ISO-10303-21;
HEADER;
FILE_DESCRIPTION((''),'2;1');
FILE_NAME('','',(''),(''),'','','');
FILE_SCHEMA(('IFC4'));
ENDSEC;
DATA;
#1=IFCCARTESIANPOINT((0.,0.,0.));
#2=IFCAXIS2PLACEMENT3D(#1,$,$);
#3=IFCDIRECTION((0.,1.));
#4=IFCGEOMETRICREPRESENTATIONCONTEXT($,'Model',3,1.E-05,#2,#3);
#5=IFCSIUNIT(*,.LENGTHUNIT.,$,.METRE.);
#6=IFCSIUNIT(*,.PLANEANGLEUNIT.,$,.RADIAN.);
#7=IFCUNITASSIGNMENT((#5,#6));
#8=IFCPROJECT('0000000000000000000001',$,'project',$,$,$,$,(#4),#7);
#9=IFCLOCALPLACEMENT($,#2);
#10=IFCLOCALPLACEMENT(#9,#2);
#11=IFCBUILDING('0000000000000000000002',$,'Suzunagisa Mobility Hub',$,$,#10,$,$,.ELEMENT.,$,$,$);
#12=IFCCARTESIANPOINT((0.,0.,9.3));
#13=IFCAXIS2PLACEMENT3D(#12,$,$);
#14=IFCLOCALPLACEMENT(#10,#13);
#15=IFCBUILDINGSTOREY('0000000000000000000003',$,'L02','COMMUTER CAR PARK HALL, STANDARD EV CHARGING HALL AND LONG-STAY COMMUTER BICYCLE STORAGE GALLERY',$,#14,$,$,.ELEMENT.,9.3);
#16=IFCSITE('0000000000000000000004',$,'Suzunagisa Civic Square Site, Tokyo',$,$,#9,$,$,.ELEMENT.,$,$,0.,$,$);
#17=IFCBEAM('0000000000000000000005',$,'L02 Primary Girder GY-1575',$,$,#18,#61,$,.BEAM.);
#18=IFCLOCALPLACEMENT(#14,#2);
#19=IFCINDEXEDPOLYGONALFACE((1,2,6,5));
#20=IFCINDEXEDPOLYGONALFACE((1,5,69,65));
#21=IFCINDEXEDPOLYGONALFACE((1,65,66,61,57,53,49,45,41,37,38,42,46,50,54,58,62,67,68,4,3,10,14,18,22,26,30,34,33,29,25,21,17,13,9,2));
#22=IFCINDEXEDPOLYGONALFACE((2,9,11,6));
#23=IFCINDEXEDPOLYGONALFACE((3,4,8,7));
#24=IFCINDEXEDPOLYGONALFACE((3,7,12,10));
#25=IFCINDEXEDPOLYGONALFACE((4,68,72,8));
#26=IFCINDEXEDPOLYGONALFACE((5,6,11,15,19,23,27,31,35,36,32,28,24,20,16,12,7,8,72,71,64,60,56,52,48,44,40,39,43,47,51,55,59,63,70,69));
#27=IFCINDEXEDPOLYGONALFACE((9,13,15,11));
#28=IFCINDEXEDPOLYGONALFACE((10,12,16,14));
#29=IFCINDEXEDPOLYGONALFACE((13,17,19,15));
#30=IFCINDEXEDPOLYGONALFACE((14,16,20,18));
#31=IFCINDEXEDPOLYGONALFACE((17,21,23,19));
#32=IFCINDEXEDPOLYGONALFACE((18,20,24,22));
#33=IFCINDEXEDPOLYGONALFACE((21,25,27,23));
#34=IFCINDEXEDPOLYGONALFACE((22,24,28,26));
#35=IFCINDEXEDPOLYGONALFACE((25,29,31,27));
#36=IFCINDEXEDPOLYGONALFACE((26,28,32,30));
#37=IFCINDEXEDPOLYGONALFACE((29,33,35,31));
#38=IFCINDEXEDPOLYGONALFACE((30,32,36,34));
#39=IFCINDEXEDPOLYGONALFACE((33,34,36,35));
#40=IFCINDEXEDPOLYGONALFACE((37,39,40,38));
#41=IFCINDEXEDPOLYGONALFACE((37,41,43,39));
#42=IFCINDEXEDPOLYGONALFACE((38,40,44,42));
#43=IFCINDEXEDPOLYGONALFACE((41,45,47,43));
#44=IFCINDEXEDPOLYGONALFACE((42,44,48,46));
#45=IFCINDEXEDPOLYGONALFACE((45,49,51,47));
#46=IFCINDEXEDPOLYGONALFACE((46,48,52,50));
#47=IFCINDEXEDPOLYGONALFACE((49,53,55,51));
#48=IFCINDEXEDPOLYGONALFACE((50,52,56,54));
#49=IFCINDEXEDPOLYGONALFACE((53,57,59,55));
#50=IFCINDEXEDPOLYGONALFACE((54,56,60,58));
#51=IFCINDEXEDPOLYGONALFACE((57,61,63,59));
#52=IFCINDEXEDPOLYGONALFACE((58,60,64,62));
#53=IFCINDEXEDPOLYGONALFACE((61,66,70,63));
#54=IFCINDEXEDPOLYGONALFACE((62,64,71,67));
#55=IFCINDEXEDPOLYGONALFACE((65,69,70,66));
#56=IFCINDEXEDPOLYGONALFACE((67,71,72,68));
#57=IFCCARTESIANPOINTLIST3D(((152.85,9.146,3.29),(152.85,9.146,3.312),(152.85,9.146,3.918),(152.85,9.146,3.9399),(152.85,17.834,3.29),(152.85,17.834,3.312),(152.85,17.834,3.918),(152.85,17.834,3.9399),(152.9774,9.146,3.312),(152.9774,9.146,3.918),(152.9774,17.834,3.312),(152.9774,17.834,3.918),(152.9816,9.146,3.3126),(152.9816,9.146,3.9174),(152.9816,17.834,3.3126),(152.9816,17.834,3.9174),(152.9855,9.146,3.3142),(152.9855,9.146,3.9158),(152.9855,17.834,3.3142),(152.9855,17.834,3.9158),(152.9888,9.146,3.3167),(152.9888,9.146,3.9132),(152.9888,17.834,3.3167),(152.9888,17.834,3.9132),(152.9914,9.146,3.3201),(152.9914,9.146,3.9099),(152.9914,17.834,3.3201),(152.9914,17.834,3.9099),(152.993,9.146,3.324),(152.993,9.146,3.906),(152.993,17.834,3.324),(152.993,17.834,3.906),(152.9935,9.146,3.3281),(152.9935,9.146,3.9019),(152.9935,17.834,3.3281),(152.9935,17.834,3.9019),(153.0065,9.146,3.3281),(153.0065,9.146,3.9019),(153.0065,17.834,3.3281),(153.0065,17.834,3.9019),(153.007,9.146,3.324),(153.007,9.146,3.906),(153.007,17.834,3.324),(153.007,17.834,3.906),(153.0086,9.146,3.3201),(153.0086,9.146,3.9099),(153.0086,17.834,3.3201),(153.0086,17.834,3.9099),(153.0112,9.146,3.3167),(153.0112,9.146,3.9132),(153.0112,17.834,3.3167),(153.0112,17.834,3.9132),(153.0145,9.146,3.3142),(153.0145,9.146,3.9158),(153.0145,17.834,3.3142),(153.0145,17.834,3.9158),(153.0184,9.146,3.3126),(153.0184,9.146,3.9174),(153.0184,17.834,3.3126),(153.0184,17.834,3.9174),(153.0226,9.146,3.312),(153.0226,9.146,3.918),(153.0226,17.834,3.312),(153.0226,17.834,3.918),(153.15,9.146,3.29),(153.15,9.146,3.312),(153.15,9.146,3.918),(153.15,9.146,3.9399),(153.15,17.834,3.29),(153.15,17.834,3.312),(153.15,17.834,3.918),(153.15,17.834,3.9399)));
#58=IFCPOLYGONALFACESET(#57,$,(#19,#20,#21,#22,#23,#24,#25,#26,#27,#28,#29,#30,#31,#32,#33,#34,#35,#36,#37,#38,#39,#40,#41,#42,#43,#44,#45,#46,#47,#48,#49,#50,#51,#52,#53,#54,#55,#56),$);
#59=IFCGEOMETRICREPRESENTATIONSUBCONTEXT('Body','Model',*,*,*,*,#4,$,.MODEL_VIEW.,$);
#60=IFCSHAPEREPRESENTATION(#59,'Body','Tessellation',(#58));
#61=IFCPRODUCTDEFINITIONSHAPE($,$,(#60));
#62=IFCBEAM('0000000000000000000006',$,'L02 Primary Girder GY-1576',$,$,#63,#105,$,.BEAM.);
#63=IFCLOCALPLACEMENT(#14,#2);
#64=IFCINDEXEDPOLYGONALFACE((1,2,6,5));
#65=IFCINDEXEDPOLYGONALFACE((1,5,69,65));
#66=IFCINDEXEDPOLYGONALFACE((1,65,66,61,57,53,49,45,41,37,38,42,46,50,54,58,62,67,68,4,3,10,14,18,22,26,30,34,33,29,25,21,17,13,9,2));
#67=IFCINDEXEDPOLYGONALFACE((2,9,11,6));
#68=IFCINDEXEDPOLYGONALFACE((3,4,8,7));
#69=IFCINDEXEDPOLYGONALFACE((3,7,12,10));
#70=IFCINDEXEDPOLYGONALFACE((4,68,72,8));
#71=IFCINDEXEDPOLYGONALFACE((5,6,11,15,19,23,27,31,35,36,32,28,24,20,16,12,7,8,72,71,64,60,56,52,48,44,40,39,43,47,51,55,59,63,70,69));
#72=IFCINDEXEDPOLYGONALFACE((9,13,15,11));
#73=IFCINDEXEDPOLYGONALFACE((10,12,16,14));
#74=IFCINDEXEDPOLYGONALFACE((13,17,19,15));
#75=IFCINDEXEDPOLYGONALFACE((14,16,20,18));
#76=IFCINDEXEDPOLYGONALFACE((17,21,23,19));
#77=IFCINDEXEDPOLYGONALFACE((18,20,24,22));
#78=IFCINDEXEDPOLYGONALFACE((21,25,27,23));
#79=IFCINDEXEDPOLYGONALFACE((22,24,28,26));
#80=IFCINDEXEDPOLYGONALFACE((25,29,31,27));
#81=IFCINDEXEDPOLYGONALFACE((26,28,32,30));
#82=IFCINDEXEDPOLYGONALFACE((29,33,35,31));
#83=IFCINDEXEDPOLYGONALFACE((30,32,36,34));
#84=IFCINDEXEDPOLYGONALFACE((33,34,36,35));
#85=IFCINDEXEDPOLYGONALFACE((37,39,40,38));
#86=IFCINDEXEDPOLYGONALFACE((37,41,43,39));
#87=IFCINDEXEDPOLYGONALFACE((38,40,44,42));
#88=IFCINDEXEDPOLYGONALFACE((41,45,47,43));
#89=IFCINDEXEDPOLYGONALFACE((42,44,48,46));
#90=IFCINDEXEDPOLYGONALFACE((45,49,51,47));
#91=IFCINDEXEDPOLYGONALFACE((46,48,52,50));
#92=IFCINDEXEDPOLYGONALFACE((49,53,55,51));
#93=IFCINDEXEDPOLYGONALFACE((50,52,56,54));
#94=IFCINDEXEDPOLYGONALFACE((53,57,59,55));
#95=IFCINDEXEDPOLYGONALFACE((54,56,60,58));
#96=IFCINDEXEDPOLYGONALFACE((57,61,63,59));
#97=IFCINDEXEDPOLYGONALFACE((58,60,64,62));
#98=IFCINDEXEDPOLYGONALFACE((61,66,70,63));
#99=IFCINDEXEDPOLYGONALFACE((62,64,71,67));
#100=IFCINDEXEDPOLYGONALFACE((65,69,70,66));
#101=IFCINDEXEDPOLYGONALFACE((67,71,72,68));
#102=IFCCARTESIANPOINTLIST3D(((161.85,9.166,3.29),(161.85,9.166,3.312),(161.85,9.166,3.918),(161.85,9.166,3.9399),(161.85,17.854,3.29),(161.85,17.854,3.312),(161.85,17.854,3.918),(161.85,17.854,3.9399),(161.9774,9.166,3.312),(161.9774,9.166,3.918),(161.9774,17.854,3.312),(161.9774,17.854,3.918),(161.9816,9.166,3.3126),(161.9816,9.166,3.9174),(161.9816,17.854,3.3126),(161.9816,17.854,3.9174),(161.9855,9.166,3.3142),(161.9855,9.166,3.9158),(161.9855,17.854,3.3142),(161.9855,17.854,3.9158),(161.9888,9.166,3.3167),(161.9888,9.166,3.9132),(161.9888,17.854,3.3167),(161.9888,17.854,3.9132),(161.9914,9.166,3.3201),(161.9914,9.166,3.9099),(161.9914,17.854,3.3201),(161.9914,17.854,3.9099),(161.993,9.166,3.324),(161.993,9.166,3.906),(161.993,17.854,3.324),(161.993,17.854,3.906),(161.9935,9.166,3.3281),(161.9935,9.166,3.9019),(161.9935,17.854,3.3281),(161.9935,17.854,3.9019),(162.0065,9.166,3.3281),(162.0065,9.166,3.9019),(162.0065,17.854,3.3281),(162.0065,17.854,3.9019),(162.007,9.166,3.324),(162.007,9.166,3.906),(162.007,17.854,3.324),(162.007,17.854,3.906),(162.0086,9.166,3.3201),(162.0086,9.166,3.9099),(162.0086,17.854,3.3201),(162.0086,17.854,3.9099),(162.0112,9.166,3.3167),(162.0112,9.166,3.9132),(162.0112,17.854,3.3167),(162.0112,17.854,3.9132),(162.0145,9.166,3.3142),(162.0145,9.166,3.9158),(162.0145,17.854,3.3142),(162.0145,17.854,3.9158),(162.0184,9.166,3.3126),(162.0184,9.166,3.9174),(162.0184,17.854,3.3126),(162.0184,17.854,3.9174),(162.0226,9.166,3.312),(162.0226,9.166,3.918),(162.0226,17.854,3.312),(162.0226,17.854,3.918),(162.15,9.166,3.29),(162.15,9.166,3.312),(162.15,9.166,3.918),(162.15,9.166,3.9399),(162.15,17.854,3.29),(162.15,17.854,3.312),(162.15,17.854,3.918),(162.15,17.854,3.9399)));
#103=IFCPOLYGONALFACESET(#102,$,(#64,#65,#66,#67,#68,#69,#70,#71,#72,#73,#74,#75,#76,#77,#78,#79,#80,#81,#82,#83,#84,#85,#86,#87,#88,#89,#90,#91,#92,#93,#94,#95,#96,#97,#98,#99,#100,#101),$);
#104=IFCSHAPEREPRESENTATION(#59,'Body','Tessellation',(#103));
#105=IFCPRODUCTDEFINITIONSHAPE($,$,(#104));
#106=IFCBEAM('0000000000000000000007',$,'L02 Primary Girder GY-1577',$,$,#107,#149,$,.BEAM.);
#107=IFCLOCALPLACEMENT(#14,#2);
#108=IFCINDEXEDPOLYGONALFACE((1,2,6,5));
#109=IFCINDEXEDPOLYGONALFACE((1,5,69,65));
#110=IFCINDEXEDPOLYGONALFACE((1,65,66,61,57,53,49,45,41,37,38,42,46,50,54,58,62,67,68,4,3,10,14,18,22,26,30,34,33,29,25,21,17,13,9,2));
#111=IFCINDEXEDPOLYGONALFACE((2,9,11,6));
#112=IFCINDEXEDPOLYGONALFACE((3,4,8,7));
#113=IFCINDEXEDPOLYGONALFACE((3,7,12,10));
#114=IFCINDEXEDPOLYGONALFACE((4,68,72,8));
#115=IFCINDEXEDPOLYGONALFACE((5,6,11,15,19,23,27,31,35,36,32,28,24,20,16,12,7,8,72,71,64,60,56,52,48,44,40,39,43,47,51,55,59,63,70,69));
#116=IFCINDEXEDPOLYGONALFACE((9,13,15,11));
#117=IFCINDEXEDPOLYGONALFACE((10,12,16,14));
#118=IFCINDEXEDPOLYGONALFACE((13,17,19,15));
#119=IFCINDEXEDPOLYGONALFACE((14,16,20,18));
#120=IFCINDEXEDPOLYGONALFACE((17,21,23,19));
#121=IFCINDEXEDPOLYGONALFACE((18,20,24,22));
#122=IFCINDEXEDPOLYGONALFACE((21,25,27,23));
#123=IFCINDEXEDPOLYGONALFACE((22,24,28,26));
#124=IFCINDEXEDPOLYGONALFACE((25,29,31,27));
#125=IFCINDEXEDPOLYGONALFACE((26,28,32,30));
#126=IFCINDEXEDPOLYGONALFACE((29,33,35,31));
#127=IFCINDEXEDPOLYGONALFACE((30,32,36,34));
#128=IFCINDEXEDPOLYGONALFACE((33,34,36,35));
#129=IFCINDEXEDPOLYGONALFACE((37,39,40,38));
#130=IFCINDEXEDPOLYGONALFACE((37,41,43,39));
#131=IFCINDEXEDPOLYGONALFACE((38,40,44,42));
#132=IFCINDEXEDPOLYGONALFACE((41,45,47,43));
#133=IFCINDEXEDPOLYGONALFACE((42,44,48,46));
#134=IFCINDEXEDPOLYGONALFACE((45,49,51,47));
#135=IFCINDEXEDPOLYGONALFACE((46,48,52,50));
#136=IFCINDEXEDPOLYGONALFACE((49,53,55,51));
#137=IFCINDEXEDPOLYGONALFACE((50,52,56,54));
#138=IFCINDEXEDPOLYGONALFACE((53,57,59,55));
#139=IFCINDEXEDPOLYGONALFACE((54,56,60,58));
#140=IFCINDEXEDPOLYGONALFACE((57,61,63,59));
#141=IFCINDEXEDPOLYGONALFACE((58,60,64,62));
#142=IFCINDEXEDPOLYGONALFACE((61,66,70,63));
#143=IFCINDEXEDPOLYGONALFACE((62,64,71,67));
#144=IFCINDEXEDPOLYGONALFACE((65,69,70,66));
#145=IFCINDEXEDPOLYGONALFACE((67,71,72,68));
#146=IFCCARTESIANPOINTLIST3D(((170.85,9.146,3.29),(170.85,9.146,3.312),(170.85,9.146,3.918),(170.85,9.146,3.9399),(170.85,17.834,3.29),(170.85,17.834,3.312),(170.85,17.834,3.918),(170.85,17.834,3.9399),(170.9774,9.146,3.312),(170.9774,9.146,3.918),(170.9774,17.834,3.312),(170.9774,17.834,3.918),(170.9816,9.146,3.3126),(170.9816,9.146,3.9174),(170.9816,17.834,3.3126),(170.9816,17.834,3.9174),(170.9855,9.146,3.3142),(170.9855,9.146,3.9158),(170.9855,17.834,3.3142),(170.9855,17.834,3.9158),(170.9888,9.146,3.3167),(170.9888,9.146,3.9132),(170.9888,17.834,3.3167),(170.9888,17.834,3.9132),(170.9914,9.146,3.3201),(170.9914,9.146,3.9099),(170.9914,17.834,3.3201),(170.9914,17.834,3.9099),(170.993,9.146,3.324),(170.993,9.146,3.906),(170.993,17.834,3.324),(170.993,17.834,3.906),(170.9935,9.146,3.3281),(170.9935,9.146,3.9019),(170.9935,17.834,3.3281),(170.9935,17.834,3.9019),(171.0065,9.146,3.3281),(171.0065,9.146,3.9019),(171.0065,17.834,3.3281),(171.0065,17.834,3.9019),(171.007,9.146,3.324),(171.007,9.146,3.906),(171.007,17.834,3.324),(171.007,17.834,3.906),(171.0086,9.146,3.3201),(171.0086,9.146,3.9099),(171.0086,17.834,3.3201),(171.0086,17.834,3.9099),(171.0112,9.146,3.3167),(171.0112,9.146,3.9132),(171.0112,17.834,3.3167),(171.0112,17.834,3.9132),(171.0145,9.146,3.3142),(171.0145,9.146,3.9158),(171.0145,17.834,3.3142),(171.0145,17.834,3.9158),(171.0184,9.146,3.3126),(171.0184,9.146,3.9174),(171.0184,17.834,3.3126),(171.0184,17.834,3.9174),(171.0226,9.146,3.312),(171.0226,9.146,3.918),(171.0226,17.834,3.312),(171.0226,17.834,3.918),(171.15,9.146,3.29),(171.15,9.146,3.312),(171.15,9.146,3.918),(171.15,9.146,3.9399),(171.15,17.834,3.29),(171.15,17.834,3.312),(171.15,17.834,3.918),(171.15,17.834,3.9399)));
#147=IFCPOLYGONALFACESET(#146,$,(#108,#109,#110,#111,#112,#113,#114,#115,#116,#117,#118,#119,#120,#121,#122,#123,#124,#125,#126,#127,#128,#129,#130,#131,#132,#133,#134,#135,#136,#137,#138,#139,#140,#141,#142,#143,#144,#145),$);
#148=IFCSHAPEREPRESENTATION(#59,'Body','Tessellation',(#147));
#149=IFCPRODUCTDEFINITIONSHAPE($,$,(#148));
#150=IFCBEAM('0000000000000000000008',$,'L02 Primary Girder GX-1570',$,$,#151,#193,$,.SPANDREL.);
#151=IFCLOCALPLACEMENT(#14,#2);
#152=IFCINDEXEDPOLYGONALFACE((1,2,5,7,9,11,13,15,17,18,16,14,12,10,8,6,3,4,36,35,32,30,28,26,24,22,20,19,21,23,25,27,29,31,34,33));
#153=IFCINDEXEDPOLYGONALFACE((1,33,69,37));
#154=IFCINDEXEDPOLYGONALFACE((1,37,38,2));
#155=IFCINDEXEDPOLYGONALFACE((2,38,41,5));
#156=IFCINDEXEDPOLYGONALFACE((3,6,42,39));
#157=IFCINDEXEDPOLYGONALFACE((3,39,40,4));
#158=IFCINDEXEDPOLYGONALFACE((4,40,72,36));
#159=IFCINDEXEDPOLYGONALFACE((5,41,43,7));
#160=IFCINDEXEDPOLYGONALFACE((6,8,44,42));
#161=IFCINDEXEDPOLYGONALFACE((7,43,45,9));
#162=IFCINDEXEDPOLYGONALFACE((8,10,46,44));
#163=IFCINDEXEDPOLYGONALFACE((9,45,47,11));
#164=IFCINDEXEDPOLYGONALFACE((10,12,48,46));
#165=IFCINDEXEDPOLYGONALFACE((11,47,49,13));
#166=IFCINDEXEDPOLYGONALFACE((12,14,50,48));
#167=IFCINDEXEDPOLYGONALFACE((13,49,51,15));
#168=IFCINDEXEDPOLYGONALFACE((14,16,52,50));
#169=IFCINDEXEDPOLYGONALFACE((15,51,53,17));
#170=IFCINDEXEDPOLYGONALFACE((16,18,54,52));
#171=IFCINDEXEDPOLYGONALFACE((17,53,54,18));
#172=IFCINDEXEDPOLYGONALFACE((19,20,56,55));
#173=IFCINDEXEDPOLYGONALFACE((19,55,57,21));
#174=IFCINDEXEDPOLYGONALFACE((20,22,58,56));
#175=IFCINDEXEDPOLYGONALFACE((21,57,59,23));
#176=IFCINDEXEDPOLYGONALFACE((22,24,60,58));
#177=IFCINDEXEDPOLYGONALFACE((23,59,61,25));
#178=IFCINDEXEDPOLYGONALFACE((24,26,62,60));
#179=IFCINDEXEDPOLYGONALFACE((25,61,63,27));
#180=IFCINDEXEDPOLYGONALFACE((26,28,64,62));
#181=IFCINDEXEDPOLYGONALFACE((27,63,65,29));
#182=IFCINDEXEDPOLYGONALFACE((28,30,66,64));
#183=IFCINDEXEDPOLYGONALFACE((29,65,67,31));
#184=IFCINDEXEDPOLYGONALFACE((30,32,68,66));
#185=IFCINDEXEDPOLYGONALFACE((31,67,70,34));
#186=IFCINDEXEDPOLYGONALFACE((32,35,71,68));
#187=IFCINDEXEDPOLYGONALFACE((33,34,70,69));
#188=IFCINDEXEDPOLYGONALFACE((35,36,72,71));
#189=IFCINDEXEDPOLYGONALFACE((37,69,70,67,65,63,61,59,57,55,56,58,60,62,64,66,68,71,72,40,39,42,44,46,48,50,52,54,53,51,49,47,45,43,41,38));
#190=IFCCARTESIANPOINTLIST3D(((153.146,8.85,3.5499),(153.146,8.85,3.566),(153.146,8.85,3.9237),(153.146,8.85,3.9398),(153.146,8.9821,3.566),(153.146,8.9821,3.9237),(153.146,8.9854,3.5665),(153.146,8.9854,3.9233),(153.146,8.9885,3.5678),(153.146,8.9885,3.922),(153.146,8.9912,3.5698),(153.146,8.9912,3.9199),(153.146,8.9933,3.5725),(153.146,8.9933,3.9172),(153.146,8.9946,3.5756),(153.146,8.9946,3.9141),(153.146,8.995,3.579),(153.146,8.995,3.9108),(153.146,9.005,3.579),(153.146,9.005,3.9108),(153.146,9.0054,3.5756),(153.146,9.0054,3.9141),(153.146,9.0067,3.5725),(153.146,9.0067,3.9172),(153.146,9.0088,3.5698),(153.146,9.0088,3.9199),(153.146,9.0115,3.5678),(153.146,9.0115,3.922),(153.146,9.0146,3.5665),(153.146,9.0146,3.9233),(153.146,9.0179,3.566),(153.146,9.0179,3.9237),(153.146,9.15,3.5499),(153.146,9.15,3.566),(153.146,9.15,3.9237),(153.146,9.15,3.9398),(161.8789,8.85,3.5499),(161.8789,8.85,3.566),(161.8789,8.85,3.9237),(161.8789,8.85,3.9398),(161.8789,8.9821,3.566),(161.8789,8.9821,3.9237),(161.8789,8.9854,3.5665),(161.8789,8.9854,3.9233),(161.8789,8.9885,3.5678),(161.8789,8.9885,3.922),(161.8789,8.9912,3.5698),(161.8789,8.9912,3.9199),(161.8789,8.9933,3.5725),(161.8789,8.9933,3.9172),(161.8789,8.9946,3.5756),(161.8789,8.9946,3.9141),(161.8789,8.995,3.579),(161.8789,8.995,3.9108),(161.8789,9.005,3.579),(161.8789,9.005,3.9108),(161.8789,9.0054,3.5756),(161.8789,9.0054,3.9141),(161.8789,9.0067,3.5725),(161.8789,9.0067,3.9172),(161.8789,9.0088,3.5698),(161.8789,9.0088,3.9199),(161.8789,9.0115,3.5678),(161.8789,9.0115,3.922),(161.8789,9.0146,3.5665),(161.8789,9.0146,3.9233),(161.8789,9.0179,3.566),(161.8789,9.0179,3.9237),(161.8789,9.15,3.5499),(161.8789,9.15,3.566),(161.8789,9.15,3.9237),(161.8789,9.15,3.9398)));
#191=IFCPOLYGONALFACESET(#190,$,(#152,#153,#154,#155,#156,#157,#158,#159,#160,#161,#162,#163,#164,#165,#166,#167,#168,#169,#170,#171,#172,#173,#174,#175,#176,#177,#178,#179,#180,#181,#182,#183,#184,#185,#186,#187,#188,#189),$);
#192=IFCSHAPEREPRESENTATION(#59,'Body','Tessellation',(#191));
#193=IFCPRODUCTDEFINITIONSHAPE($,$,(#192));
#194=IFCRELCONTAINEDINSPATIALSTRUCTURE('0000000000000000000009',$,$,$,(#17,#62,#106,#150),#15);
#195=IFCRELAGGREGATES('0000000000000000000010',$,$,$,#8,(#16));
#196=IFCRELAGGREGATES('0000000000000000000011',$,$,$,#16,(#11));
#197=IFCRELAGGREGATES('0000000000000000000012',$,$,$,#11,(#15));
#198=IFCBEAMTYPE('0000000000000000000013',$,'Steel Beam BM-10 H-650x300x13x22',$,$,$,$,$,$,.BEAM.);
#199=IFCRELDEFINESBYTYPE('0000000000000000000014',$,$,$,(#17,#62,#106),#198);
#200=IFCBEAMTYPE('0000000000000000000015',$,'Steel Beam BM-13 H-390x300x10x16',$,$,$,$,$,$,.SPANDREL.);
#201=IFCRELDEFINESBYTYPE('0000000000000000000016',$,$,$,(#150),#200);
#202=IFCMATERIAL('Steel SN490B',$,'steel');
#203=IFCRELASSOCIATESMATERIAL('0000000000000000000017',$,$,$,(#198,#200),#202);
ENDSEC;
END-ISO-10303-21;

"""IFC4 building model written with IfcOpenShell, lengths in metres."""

from ifc_helpers import new_model, si_unit, direction, frame, origin, origin_2d, place, context, subcontext, project, spatial, i_section, extrude, material, material_profile, profile_set, type_object, element, save


model = new_model("IFC4")

# Units and contexts
model_context = context("Model", 3, precision=1e-05, world=origin(), true_north=direction((0.0, 1.0)))
body_context = subcontext(model_context, "Body", "Model", "MODEL_VIEW")
ifc_project = project(units=[si_unit("LENGTHUNIT", "METRE"), si_unit("PLANEANGLEUNIT", "RADIAN")], contexts=[model_context])

# Site, building, storey
site_placement = place(None, origin())
site = spatial("IfcSite", under=ifc_project, at=site_placement, Name="Suzunagisa Civic Square Site, Tokyo", CompositionType="ELEMENT", RefElevation=0.0)
building_placement = place(site_placement, origin())
building = spatial("IfcBuilding", under=site, at=building_placement, Name="Suzunagisa Mobility Hub", CompositionType="ELEMENT")
storey_placement = place(building_placement, frame((0.0, 0.0, 9.3)))
storey = spatial("IfcBuildingStorey", under=building, at=storey_placement, Name="L02", Description="COMMUTER CAR PARK HALL, STANDARD EV CHARGING HALL AND LONG-STAY COMMUTER BICYCLE STORAGE GALLERY", CompositionType="ELEMENT", Elevation=9.3)

# Shared definitions
ifc_material_1 = material(Name="Steel SN490B", Category="steel")

# Beams
ifc_material_profile_1 = material_profile(ifc_material_1, i_section(OverallWidth=0.3, OverallDepth=0.6499, WebThickness=0.0129, FlangeThickness=0.022, FilletRadius=0.0161, at=origin_2d()), Name="H-650x300x13x22")
ifc_profile_set_1 = profile_set([ifc_material_profile_1], Name="Steel SN490B")
beam_type_1 = type_object("IfcBeamType", Name="Steel Beam BM-10 H-650x300x13x22", PredefinedType="BEAM", material=ifc_profile_set_1)
for number, where, z_axis, x_axis, name in (
    (1, (153.0, 9.146, 3.615), (0.0, 1.0, 0.0), (-1.0, 0.0, 0.0), "L02 Primary Girder GY-1575"),
    (2, (162.0, 9.166, 3.615), (0.0, 1.0, 0.0), (-1.0, 0.0, 0.0), "L02 Primary Girder GY-1576"),
    (3, (171.0, 9.146, 3.615), (0.0, 1.0, 0.0), (-1.0, 0.0, 0.0), "L02 Primary Girder GY-1577"),
):
    element("IfcBeam", number, at=place(storey_placement, frame(where, z_axis=z_axis, x_axis=x_axis)), inside=storey, type_object=beam_type_1, Name=name, PredefinedType="BEAM", context=body_context, shape_type="SweptSolid", body=[
        extrude(i_section(OverallWidth=0.3, OverallDepth=0.6499, WebThickness=0.0129, FlangeThickness=0.022, FilletRadius=0.0161, at=origin_2d()), origin(), (0.0, 0.0, 1.0), 8.688),
    ])
ifc_material_profile_2 = material_profile(ifc_material_1, i_section(OverallWidth=0.3, OverallDepth=0.3899, WebThickness=0.01, FlangeThickness=0.0161, FilletRadius=0.0129, at=origin_2d()), Name="H-390x300x10x16")
ifc_profile_set_2 = profile_set([ifc_material_profile_2], Name="Steel SN490B")
beam_type_2 = type_object("IfcBeamType", Name="Steel Beam BM-13 H-390x300x10x16", PredefinedType="SPANDREL", material=ifc_profile_set_2)
for number, where, z_axis, x_axis, name in (
    (4, (153.146, 9.0, 3.7449), (1.0, 0.0, 0.0), (0.0, 1.0, 0.0), "L02 Primary Girder GX-1570"),
):
    element("IfcBeam", number, at=place(storey_placement, frame(where, z_axis=z_axis, x_axis=x_axis)), inside=storey, type_object=beam_type_2, Name=name, PredefinedType="SPANDREL", context=body_context, shape_type="SweptSolid", body=[
        extrude(i_section(OverallWidth=0.3, OverallDepth=0.3899, WebThickness=0.01, FlangeThickness=0.0161, FilletRadius=0.0129, at=origin_2d()), origin(), (0.0, 0.0, 1.0), 8.7329),
    ])

save(model, "model.ifc")
